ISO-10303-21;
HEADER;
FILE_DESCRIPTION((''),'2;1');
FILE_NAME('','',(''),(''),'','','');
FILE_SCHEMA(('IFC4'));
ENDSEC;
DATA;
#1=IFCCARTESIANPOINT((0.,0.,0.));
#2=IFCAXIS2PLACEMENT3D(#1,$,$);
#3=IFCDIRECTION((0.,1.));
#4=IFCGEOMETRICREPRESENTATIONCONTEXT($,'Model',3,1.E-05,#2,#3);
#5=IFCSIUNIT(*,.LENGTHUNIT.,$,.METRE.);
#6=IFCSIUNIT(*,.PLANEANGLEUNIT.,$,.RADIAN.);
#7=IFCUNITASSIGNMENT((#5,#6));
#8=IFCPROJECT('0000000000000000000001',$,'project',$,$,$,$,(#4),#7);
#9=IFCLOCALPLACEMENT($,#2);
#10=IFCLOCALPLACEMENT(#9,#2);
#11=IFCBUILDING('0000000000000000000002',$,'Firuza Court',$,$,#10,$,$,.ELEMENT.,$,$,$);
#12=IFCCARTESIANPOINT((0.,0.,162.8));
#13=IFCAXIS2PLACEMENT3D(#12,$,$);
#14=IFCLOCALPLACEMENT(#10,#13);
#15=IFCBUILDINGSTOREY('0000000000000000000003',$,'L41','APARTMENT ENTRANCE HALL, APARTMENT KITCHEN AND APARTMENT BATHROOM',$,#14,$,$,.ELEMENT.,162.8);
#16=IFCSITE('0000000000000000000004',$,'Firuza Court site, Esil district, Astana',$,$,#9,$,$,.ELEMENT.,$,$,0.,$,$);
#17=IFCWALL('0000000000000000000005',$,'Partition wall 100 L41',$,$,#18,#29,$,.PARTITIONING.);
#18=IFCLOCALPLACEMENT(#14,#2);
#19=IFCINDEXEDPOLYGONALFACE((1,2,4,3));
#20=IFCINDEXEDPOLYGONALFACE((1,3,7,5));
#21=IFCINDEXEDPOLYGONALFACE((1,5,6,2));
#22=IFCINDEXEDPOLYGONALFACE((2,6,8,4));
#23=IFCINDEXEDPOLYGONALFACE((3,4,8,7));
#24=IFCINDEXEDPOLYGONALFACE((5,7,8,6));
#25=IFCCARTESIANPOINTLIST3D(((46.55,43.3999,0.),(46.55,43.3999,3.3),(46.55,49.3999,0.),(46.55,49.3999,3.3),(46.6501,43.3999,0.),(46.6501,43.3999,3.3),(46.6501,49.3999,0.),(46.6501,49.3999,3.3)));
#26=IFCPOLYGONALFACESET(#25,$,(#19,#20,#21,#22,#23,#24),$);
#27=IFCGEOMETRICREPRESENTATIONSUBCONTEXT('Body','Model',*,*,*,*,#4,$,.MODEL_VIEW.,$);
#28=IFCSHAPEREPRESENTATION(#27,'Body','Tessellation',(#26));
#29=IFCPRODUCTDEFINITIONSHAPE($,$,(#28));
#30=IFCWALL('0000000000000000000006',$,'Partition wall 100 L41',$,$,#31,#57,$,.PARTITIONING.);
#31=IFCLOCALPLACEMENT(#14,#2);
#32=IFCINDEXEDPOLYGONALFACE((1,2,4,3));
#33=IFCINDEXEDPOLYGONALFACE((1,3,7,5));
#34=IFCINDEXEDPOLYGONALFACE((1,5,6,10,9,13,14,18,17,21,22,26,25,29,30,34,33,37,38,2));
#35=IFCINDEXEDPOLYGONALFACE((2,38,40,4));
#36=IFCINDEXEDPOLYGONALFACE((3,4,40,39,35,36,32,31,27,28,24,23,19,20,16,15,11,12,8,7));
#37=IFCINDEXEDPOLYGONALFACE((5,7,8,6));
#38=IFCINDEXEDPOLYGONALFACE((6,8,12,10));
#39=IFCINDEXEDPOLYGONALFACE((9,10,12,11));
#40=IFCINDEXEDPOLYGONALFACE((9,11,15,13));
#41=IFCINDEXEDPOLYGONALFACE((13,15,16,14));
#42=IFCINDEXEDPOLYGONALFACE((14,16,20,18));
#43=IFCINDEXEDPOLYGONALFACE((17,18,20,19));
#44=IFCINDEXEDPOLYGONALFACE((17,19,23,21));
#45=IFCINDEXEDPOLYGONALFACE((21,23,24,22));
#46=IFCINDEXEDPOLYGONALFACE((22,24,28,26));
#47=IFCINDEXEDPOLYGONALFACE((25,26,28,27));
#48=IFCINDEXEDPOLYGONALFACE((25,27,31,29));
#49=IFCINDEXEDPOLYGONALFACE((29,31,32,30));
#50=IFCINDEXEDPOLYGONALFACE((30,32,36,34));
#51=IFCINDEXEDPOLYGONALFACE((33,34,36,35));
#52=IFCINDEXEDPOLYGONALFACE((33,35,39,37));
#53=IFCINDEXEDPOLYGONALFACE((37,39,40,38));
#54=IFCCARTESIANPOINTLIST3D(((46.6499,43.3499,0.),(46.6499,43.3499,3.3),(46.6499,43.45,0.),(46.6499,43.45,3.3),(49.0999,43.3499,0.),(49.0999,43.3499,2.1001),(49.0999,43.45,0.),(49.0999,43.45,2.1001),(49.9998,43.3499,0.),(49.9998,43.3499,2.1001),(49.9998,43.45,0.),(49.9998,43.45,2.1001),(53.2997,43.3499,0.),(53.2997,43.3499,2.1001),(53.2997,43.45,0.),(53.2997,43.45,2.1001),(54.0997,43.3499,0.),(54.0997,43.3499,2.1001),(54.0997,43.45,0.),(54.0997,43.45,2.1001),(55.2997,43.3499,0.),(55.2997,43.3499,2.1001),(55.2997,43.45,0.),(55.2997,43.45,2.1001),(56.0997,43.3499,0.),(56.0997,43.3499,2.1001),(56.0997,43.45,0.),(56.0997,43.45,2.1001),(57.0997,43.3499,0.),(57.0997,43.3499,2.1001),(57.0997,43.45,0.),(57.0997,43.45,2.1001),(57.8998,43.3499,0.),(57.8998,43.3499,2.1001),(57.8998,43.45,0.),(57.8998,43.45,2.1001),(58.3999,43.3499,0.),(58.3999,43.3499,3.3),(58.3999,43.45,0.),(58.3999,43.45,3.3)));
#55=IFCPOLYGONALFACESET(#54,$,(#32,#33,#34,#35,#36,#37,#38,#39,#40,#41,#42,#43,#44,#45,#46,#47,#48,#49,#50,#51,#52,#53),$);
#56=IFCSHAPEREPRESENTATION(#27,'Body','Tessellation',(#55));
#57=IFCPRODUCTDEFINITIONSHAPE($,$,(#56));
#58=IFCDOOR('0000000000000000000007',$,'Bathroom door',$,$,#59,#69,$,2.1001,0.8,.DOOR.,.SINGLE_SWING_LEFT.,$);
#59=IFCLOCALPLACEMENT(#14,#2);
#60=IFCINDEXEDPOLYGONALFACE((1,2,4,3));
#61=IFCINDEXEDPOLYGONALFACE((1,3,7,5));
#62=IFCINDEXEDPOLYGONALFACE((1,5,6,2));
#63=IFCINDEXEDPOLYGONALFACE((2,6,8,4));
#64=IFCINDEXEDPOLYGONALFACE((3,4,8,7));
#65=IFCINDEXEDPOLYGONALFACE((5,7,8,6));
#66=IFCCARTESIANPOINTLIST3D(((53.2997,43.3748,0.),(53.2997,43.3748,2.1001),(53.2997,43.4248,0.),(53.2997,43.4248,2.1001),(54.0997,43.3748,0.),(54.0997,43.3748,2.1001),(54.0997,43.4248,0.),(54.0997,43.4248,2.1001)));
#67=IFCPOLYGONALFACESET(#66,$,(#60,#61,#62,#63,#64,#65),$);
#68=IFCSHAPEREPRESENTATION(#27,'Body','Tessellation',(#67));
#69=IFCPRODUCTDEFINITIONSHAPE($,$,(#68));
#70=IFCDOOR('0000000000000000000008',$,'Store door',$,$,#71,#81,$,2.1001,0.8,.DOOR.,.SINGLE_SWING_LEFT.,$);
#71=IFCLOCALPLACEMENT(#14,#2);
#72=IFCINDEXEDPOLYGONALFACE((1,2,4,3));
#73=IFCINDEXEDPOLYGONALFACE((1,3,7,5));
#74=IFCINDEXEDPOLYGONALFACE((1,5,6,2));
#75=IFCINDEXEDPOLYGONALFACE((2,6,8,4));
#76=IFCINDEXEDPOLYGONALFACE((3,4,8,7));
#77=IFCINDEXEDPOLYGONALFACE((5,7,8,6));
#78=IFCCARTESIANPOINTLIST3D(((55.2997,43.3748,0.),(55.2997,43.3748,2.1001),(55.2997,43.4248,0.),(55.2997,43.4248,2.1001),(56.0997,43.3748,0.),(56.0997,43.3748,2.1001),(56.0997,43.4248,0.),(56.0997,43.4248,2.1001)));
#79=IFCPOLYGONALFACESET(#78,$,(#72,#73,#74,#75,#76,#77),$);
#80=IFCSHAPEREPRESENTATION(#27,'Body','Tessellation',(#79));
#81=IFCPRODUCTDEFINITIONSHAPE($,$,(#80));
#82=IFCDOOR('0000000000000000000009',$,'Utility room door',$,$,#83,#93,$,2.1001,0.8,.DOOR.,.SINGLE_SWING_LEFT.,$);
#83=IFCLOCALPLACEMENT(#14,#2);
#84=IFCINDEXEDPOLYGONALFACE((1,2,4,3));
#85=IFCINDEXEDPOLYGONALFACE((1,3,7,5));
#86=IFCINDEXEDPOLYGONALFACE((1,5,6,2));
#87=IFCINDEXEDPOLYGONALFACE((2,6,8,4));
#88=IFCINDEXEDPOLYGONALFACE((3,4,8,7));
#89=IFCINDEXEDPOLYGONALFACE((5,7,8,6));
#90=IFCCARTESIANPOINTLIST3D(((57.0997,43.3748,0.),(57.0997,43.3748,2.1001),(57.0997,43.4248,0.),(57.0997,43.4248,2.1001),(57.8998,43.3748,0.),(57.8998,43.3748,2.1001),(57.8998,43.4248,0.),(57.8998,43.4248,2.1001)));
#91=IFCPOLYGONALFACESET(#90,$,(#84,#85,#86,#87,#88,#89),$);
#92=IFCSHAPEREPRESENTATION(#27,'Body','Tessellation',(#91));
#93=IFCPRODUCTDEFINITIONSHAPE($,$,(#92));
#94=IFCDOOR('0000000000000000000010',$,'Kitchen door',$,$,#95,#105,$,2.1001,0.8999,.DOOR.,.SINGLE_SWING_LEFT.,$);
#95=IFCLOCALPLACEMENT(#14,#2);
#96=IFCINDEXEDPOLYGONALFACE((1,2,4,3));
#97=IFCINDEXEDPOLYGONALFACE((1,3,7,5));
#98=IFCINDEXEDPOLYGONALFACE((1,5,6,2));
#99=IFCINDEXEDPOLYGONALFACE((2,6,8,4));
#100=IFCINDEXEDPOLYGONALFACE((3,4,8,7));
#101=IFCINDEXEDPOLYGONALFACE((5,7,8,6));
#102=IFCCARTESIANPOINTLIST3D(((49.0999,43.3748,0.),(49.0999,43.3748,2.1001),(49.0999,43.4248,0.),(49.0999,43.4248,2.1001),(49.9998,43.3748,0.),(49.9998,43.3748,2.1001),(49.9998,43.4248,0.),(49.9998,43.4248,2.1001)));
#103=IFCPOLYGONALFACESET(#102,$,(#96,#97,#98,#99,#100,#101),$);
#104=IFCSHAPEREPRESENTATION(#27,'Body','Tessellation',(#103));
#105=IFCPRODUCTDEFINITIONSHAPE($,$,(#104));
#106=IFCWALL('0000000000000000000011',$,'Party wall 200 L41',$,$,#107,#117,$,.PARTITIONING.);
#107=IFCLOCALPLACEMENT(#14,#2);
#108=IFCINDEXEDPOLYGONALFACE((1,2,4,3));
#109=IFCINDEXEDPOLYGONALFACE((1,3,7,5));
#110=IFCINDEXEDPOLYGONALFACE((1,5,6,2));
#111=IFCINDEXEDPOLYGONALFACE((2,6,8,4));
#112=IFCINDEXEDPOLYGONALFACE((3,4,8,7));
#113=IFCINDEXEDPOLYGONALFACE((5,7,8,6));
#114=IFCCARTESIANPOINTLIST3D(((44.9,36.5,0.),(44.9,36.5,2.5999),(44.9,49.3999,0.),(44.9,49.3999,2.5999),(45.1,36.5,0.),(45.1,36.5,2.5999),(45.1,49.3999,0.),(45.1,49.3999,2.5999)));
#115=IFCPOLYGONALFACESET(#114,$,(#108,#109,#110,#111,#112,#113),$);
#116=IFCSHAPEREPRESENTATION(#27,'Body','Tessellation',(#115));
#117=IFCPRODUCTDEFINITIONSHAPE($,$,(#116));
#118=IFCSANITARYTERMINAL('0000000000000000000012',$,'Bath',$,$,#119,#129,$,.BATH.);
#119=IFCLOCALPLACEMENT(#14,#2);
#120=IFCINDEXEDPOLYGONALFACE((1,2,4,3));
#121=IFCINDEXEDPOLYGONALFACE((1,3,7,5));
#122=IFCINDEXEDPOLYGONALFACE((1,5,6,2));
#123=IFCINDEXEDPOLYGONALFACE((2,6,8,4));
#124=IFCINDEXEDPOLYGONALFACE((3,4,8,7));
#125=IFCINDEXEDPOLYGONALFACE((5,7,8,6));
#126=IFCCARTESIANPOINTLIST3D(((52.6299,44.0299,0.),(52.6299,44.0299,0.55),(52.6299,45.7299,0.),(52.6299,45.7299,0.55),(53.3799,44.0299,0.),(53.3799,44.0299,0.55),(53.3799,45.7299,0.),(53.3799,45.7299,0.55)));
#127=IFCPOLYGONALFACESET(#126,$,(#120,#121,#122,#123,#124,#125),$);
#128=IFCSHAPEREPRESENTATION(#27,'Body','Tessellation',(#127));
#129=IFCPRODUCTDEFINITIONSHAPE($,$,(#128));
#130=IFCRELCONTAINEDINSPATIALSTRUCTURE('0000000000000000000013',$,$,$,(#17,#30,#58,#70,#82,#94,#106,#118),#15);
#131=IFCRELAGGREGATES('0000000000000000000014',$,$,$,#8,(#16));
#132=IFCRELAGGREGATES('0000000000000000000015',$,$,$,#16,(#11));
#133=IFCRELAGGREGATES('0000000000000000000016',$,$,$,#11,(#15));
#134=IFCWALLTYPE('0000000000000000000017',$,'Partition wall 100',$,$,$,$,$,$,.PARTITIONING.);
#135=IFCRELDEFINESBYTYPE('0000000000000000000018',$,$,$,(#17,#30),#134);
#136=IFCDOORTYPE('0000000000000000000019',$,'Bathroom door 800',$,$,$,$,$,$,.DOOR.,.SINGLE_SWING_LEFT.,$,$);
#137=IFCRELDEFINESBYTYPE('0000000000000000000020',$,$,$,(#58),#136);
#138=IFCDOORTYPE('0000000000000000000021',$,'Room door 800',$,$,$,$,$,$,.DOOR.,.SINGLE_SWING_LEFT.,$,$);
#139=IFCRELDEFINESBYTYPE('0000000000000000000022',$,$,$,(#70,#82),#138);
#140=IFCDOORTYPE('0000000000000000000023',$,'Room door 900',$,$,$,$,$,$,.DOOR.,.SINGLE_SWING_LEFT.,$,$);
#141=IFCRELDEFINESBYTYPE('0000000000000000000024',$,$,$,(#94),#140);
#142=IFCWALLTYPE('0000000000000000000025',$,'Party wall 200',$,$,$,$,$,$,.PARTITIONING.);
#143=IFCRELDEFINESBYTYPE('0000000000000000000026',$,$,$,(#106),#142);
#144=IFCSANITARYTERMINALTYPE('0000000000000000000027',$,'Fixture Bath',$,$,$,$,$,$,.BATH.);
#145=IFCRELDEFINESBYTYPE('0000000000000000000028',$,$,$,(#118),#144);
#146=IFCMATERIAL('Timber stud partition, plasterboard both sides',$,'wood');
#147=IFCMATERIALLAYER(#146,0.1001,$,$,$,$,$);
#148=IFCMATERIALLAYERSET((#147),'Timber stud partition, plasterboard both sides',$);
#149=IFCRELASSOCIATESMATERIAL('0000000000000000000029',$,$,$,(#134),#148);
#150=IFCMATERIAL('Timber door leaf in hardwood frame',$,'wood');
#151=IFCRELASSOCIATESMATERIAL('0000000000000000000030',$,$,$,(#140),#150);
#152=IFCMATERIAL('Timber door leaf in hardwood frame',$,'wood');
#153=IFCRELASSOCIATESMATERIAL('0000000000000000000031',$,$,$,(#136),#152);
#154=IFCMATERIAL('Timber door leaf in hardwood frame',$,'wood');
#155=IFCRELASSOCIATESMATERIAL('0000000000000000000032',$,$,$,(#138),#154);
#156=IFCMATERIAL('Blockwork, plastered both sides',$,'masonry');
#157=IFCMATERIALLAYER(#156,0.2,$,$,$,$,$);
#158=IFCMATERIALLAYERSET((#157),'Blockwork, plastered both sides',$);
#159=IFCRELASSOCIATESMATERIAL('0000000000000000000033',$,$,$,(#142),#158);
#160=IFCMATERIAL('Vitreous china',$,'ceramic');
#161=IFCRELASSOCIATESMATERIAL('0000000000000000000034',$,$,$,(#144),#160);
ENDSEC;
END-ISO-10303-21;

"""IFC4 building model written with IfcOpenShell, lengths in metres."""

from ifc_helpers import new_model, si_unit, direction, frame, frame_2d, origin, origin_2d, place, context, subcontext, project, spatial, rectangle, extrude, material, layer, layer_set, type_object, element, fill, save


model = new_model("IFC4")

# Units and contexts
model_context = context("Model", 3, precision=1e-05, world=origin(), true_north=direction((0.0, 1.0)))
body_context = subcontext(model_context, "Body", "Model", "MODEL_VIEW")
ifc_project = project(units=[si_unit("LENGTHUNIT", "METRE"), si_unit("PLANEANGLEUNIT", "RADIAN")], contexts=[model_context])

# Site, building, storey
site_placement = place(None, origin())
site = spatial("IfcSite", under=ifc_project, at=site_placement, Name="Firuza Court site, Esil district, Astana", CompositionType="ELEMENT", RefElevation=0.0)
building_placement = place(site_placement, origin())
building = spatial("IfcBuilding", under=site, at=building_placement, Name="Firuza Court", CompositionType="ELEMENT")
storey_placement = place(building_placement, frame((0.0, 0.0, 162.8)))
storey = spatial("IfcBuildingStorey", under=building, at=storey_placement, Name="L41", Description="APARTMENT ENTRANCE HALL, APARTMENT KITCHEN AND APARTMENT BATHROOM", CompositionType="ELEMENT", Elevation=162.8)

# Shared definitions
ifc_material_1 = material(Name="Timber stud partition, plasterboard both sides", Category="wood")
ifc_layer_1 = layer(ifc_material_1, 0.1001)
ifc_layer_set_1 = layer_set([ifc_layer_1], Name="Timber stud partition, plasterboard both sides")
wall_type_1 = type_object("IfcWallType", Name="Partition wall 100", PredefinedType="PARTITIONING", material=ifc_layer_set_1)

# Shared definitions
ifc_material_2 = material(Name="Timber door leaf in hardwood frame", Category="wood")
door_type_1 = type_object("IfcDoorType", Name="Room door 900", OperationType="SINGLE_SWING_LEFT", PredefinedType="DOOR", material=ifc_material_2)

# Wall
wall_1_placement = place(storey_placement, frame((46.6001, 43.3999, 0.0), z_axis=(0.0, 0.0, 1.0), x_axis=(0.0, 1.0, 0.0)))
element("IfcWall", 1, at=wall_1_placement, inside=storey, type_object=wall_type_1, Name="Partition wall 100 L41", PredefinedType="PARTITIONING", context=body_context, shape_type="SweptSolid", body=[
    extrude(rectangle(XDim=6.0, YDim=0.1001, at=frame_2d((3.0, 0.0))), origin(), (0.0, 0.0, 1.0), 3.3),
])

# Wall, openings, doors
wall_2_placement = place(storey_placement, frame((46.6499, 43.3999, 0.0), z_axis=(0.0, 0.0, 1.0), x_axis=(1.0, 0.0, 0.0)))
wall_2 = element("IfcWall", 2, at=wall_2_placement, inside=storey, type_object=wall_type_1, Name="Partition wall 100 L41", PredefinedType="PARTITIONING", context=body_context, shape_type="SweptSolid", body=[
    extrude(rectangle(XDim=11.75, YDim=0.1001, at=frame_2d((5.875, 0.0))), origin(), (0.0, 0.0, 1.0), 3.3),
])
opening_1_placement = place(wall_2_placement, frame((6.6499, 0.0, 0.0)))
opening_1 = element("IfcOpeningElement", 3, at=opening_1_placement, cuts=wall_2, PredefinedType="OPENING", context=body_context, shape_type="SweptSolid", body=[
    extrude(rectangle(XDim=0.8, YDim=2.1001, at=frame_2d((0.3999, 1.05))), frame((0.0, 0.062, 0.0), z_axis=(0.0, -1.0, 0.0), x_axis=(1.0, 0.0, 0.0)), (0.0, 0.0, 1.0), 0.124),
])
opening_2_placement = place(wall_2_placement, frame((2.45, 0.0, 0.0)))
opening_2 = element("IfcOpeningElement", 4, at=opening_2_placement, cuts=wall_2, PredefinedType="OPENING", context=body_context, shape_type="SweptSolid", body=[
    extrude(rectangle(XDim=0.8999, YDim=2.1001, at=frame_2d((0.45, 1.05))), frame((0.0, 0.062, 0.0), z_axis=(0.0, -1.0, 0.0), x_axis=(1.0, 0.0, 0.0)), (0.0, 0.0, 1.0), 0.124),
])
opening_3_placement = place(wall_2_placement, frame((8.6499, 0.0, 0.0)))
opening_3 = element("IfcOpeningElement", 5, at=opening_3_placement, cuts=wall_2, PredefinedType="OPENING", context=body_context, shape_type="SweptSolid", body=[
    extrude(rectangle(XDim=0.8, YDim=2.1001, at=frame_2d((0.3999, 1.05))), frame((0.0, 0.062, 0.0), z_axis=(0.0, -1.0, 0.0), x_axis=(1.0, 0.0, 0.0)), (0.0, 0.0, 1.0), 0.124),
])
opening_4_placement = place(wall_2_placement, frame((10.45, 0.0, 0.0)))
opening_4 = element("IfcOpeningElement", 6, at=opening_4_placement, cuts=wall_2, PredefinedType="OPENING", context=body_context, shape_type="SweptSolid", body=[
    extrude(rectangle(XDim=0.8, YDim=2.1001, at=frame_2d((0.3999, 1.05))), frame((0.0, 0.062, 0.0), z_axis=(0.0, -1.0, 0.0), x_axis=(1.0, 0.0, 0.0)), (0.0, 0.0, 1.0), 0.124),
])
ifc_material_3 = material(Name="Timber door leaf in hardwood frame", Category="wood")
door_type_2 = type_object("IfcDoorType", Name="Bathroom door 800", OperationType="SINGLE_SWING_LEFT", PredefinedType="DOOR", material=ifc_material_3)
door_1_placement = place(opening_1_placement, origin())
door_1 = element("IfcDoor", 7, at=door_1_placement, inside=storey, type_object=door_type_2, Name="Bathroom door", OperationType="SINGLE_SWING_LEFT", OverallHeight=2.1001, OverallWidth=0.8, PredefinedType="DOOR", context=body_context, shape_type="SweptSolid", body=[
    extrude(rectangle(XDim=0.8, YDim=2.1001, at=frame_2d((0.3999, 1.05))), frame((0.0, 0.0249, 0.0), z_axis=(0.0, -1.0, 0.0), x_axis=(1.0, 0.0, 0.0)), (0.0, 0.0, 1.0), 0.05),
])
fill(opening_1, door_1)
ifc_material_4 = material(Name="Timber door leaf in hardwood frame", Category="wood")
door_type_3 = type_object("IfcDoorType", Name="Room door 800", OperationType="SINGLE_SWING_LEFT", PredefinedType="DOOR", material=ifc_material_4)
door_2_placement = place(opening_3_placement, origin())
door_2 = element("IfcDoor", 8, at=door_2_placement, inside=storey, type_object=door_type_3, Name="Store door", OperationType="SINGLE_SWING_LEFT", OverallHeight=2.1001, OverallWidth=0.8, PredefinedType="DOOR", context=body_context, shape_type="SweptSolid", body=[
    extrude(rectangle(XDim=0.8, YDim=2.1001, at=frame_2d((0.3999, 1.05))), frame((0.0, 0.0249, 0.0), z_axis=(0.0, -1.0, 0.0), x_axis=(1.0, 0.0, 0.0)), (0.0, 0.0, 1.0), 0.05),
])
fill(opening_3, door_2)
door_3_placement = place(opening_4_placement, origin())
door_3 = element("IfcDoor", 9, at=door_3_placement, inside=storey, type_object=door_type_3, Name="Utility room door", OperationType="SINGLE_SWING_LEFT", OverallHeight=2.1001, OverallWidth=0.8, PredefinedType="DOOR", context=body_context, shape_type="SweptSolid", body=[
    extrude(rectangle(XDim=0.8, YDim=2.1001, at=frame_2d((0.3999, 1.05))), frame((0.0, 0.0249, 0.0), z_axis=(0.0, -1.0, 0.0), x_axis=(1.0, 0.0, 0.0)), (0.0, 0.0, 1.0), 0.05),
])
fill(opening_4, door_3)
door_4_placement = place(opening_2_placement, origin())
door_4 = element("IfcDoor", 10, at=door_4_placement, inside=storey, type_object=door_type_1, Name="Kitchen door", OperationType="SINGLE_SWING_LEFT", OverallHeight=2.1001, OverallWidth=0.8999, PredefinedType="DOOR", context=body_context, shape_type="SweptSolid", body=[
    extrude(rectangle(XDim=0.8999, YDim=2.1001, at=frame_2d((0.45, 1.05))), frame((0.0, 0.0249, 0.0), z_axis=(0.0, -1.0, 0.0), x_axis=(1.0, 0.0, 0.0)), (0.0, 0.0, 1.0), 0.05),
])
fill(opening_2, door_4)

# Wall
ifc_material_5 = material(Name="Blockwork, plastered both sides", Category="masonry")
ifc_layer_2 = layer(ifc_material_5, 0.2)
ifc_layer_set_2 = layer_set([ifc_layer_2], Name="Blockwork, plastered both sides")
wall_type_2 = type_object("IfcWallType", Name="Party wall 200", PredefinedType="PARTITIONING", material=ifc_layer_set_2)
wall_3_placement = place(storey_placement, frame((45.0, 36.5, 0.0), z_axis=(0.0, 0.0, 1.0), x_axis=(0.0, 1.0, 0.0)))
element("IfcWall", 11, at=wall_3_placement, inside=storey, type_object=wall_type_2, Name="Party wall 200 L41", PredefinedType="PARTITIONING", context=body_context, shape_type="SweptSolid", body=[
    extrude(rectangle(XDim=12.8999, YDim=0.2, at=frame_2d((6.45, 0.0))), origin(), (0.0, 0.0, 1.0), 2.5999),
])

# Sanitary terminal
ifc_material_6 = material(Name="Vitreous china", Category="ceramic")
sanitary_terminal_type = type_object("IfcSanitaryTerminalType", Name="Fixture Bath", PredefinedType="BATH", material=ifc_material_6)
sanitary_terminal_placement = place(storey_placement, frame((53.0049, 44.8799, 0.0), z_axis=(0.0, 0.0, 1.0), x_axis=(1.0, 0.0, 0.0)))
element("IfcSanitaryTerminal", 12, at=sanitary_terminal_placement, inside=storey, type_object=sanitary_terminal_type, Name="Bath", PredefinedType="BATH", context=body_context, shape_type="SweptSolid", body=[
    extrude(rectangle(XDim=0.75, YDim=1.7, at=origin_2d()), origin(), (0.0, 0.0, 1.0), 0.55),
])

save(model, "model.ifc")
